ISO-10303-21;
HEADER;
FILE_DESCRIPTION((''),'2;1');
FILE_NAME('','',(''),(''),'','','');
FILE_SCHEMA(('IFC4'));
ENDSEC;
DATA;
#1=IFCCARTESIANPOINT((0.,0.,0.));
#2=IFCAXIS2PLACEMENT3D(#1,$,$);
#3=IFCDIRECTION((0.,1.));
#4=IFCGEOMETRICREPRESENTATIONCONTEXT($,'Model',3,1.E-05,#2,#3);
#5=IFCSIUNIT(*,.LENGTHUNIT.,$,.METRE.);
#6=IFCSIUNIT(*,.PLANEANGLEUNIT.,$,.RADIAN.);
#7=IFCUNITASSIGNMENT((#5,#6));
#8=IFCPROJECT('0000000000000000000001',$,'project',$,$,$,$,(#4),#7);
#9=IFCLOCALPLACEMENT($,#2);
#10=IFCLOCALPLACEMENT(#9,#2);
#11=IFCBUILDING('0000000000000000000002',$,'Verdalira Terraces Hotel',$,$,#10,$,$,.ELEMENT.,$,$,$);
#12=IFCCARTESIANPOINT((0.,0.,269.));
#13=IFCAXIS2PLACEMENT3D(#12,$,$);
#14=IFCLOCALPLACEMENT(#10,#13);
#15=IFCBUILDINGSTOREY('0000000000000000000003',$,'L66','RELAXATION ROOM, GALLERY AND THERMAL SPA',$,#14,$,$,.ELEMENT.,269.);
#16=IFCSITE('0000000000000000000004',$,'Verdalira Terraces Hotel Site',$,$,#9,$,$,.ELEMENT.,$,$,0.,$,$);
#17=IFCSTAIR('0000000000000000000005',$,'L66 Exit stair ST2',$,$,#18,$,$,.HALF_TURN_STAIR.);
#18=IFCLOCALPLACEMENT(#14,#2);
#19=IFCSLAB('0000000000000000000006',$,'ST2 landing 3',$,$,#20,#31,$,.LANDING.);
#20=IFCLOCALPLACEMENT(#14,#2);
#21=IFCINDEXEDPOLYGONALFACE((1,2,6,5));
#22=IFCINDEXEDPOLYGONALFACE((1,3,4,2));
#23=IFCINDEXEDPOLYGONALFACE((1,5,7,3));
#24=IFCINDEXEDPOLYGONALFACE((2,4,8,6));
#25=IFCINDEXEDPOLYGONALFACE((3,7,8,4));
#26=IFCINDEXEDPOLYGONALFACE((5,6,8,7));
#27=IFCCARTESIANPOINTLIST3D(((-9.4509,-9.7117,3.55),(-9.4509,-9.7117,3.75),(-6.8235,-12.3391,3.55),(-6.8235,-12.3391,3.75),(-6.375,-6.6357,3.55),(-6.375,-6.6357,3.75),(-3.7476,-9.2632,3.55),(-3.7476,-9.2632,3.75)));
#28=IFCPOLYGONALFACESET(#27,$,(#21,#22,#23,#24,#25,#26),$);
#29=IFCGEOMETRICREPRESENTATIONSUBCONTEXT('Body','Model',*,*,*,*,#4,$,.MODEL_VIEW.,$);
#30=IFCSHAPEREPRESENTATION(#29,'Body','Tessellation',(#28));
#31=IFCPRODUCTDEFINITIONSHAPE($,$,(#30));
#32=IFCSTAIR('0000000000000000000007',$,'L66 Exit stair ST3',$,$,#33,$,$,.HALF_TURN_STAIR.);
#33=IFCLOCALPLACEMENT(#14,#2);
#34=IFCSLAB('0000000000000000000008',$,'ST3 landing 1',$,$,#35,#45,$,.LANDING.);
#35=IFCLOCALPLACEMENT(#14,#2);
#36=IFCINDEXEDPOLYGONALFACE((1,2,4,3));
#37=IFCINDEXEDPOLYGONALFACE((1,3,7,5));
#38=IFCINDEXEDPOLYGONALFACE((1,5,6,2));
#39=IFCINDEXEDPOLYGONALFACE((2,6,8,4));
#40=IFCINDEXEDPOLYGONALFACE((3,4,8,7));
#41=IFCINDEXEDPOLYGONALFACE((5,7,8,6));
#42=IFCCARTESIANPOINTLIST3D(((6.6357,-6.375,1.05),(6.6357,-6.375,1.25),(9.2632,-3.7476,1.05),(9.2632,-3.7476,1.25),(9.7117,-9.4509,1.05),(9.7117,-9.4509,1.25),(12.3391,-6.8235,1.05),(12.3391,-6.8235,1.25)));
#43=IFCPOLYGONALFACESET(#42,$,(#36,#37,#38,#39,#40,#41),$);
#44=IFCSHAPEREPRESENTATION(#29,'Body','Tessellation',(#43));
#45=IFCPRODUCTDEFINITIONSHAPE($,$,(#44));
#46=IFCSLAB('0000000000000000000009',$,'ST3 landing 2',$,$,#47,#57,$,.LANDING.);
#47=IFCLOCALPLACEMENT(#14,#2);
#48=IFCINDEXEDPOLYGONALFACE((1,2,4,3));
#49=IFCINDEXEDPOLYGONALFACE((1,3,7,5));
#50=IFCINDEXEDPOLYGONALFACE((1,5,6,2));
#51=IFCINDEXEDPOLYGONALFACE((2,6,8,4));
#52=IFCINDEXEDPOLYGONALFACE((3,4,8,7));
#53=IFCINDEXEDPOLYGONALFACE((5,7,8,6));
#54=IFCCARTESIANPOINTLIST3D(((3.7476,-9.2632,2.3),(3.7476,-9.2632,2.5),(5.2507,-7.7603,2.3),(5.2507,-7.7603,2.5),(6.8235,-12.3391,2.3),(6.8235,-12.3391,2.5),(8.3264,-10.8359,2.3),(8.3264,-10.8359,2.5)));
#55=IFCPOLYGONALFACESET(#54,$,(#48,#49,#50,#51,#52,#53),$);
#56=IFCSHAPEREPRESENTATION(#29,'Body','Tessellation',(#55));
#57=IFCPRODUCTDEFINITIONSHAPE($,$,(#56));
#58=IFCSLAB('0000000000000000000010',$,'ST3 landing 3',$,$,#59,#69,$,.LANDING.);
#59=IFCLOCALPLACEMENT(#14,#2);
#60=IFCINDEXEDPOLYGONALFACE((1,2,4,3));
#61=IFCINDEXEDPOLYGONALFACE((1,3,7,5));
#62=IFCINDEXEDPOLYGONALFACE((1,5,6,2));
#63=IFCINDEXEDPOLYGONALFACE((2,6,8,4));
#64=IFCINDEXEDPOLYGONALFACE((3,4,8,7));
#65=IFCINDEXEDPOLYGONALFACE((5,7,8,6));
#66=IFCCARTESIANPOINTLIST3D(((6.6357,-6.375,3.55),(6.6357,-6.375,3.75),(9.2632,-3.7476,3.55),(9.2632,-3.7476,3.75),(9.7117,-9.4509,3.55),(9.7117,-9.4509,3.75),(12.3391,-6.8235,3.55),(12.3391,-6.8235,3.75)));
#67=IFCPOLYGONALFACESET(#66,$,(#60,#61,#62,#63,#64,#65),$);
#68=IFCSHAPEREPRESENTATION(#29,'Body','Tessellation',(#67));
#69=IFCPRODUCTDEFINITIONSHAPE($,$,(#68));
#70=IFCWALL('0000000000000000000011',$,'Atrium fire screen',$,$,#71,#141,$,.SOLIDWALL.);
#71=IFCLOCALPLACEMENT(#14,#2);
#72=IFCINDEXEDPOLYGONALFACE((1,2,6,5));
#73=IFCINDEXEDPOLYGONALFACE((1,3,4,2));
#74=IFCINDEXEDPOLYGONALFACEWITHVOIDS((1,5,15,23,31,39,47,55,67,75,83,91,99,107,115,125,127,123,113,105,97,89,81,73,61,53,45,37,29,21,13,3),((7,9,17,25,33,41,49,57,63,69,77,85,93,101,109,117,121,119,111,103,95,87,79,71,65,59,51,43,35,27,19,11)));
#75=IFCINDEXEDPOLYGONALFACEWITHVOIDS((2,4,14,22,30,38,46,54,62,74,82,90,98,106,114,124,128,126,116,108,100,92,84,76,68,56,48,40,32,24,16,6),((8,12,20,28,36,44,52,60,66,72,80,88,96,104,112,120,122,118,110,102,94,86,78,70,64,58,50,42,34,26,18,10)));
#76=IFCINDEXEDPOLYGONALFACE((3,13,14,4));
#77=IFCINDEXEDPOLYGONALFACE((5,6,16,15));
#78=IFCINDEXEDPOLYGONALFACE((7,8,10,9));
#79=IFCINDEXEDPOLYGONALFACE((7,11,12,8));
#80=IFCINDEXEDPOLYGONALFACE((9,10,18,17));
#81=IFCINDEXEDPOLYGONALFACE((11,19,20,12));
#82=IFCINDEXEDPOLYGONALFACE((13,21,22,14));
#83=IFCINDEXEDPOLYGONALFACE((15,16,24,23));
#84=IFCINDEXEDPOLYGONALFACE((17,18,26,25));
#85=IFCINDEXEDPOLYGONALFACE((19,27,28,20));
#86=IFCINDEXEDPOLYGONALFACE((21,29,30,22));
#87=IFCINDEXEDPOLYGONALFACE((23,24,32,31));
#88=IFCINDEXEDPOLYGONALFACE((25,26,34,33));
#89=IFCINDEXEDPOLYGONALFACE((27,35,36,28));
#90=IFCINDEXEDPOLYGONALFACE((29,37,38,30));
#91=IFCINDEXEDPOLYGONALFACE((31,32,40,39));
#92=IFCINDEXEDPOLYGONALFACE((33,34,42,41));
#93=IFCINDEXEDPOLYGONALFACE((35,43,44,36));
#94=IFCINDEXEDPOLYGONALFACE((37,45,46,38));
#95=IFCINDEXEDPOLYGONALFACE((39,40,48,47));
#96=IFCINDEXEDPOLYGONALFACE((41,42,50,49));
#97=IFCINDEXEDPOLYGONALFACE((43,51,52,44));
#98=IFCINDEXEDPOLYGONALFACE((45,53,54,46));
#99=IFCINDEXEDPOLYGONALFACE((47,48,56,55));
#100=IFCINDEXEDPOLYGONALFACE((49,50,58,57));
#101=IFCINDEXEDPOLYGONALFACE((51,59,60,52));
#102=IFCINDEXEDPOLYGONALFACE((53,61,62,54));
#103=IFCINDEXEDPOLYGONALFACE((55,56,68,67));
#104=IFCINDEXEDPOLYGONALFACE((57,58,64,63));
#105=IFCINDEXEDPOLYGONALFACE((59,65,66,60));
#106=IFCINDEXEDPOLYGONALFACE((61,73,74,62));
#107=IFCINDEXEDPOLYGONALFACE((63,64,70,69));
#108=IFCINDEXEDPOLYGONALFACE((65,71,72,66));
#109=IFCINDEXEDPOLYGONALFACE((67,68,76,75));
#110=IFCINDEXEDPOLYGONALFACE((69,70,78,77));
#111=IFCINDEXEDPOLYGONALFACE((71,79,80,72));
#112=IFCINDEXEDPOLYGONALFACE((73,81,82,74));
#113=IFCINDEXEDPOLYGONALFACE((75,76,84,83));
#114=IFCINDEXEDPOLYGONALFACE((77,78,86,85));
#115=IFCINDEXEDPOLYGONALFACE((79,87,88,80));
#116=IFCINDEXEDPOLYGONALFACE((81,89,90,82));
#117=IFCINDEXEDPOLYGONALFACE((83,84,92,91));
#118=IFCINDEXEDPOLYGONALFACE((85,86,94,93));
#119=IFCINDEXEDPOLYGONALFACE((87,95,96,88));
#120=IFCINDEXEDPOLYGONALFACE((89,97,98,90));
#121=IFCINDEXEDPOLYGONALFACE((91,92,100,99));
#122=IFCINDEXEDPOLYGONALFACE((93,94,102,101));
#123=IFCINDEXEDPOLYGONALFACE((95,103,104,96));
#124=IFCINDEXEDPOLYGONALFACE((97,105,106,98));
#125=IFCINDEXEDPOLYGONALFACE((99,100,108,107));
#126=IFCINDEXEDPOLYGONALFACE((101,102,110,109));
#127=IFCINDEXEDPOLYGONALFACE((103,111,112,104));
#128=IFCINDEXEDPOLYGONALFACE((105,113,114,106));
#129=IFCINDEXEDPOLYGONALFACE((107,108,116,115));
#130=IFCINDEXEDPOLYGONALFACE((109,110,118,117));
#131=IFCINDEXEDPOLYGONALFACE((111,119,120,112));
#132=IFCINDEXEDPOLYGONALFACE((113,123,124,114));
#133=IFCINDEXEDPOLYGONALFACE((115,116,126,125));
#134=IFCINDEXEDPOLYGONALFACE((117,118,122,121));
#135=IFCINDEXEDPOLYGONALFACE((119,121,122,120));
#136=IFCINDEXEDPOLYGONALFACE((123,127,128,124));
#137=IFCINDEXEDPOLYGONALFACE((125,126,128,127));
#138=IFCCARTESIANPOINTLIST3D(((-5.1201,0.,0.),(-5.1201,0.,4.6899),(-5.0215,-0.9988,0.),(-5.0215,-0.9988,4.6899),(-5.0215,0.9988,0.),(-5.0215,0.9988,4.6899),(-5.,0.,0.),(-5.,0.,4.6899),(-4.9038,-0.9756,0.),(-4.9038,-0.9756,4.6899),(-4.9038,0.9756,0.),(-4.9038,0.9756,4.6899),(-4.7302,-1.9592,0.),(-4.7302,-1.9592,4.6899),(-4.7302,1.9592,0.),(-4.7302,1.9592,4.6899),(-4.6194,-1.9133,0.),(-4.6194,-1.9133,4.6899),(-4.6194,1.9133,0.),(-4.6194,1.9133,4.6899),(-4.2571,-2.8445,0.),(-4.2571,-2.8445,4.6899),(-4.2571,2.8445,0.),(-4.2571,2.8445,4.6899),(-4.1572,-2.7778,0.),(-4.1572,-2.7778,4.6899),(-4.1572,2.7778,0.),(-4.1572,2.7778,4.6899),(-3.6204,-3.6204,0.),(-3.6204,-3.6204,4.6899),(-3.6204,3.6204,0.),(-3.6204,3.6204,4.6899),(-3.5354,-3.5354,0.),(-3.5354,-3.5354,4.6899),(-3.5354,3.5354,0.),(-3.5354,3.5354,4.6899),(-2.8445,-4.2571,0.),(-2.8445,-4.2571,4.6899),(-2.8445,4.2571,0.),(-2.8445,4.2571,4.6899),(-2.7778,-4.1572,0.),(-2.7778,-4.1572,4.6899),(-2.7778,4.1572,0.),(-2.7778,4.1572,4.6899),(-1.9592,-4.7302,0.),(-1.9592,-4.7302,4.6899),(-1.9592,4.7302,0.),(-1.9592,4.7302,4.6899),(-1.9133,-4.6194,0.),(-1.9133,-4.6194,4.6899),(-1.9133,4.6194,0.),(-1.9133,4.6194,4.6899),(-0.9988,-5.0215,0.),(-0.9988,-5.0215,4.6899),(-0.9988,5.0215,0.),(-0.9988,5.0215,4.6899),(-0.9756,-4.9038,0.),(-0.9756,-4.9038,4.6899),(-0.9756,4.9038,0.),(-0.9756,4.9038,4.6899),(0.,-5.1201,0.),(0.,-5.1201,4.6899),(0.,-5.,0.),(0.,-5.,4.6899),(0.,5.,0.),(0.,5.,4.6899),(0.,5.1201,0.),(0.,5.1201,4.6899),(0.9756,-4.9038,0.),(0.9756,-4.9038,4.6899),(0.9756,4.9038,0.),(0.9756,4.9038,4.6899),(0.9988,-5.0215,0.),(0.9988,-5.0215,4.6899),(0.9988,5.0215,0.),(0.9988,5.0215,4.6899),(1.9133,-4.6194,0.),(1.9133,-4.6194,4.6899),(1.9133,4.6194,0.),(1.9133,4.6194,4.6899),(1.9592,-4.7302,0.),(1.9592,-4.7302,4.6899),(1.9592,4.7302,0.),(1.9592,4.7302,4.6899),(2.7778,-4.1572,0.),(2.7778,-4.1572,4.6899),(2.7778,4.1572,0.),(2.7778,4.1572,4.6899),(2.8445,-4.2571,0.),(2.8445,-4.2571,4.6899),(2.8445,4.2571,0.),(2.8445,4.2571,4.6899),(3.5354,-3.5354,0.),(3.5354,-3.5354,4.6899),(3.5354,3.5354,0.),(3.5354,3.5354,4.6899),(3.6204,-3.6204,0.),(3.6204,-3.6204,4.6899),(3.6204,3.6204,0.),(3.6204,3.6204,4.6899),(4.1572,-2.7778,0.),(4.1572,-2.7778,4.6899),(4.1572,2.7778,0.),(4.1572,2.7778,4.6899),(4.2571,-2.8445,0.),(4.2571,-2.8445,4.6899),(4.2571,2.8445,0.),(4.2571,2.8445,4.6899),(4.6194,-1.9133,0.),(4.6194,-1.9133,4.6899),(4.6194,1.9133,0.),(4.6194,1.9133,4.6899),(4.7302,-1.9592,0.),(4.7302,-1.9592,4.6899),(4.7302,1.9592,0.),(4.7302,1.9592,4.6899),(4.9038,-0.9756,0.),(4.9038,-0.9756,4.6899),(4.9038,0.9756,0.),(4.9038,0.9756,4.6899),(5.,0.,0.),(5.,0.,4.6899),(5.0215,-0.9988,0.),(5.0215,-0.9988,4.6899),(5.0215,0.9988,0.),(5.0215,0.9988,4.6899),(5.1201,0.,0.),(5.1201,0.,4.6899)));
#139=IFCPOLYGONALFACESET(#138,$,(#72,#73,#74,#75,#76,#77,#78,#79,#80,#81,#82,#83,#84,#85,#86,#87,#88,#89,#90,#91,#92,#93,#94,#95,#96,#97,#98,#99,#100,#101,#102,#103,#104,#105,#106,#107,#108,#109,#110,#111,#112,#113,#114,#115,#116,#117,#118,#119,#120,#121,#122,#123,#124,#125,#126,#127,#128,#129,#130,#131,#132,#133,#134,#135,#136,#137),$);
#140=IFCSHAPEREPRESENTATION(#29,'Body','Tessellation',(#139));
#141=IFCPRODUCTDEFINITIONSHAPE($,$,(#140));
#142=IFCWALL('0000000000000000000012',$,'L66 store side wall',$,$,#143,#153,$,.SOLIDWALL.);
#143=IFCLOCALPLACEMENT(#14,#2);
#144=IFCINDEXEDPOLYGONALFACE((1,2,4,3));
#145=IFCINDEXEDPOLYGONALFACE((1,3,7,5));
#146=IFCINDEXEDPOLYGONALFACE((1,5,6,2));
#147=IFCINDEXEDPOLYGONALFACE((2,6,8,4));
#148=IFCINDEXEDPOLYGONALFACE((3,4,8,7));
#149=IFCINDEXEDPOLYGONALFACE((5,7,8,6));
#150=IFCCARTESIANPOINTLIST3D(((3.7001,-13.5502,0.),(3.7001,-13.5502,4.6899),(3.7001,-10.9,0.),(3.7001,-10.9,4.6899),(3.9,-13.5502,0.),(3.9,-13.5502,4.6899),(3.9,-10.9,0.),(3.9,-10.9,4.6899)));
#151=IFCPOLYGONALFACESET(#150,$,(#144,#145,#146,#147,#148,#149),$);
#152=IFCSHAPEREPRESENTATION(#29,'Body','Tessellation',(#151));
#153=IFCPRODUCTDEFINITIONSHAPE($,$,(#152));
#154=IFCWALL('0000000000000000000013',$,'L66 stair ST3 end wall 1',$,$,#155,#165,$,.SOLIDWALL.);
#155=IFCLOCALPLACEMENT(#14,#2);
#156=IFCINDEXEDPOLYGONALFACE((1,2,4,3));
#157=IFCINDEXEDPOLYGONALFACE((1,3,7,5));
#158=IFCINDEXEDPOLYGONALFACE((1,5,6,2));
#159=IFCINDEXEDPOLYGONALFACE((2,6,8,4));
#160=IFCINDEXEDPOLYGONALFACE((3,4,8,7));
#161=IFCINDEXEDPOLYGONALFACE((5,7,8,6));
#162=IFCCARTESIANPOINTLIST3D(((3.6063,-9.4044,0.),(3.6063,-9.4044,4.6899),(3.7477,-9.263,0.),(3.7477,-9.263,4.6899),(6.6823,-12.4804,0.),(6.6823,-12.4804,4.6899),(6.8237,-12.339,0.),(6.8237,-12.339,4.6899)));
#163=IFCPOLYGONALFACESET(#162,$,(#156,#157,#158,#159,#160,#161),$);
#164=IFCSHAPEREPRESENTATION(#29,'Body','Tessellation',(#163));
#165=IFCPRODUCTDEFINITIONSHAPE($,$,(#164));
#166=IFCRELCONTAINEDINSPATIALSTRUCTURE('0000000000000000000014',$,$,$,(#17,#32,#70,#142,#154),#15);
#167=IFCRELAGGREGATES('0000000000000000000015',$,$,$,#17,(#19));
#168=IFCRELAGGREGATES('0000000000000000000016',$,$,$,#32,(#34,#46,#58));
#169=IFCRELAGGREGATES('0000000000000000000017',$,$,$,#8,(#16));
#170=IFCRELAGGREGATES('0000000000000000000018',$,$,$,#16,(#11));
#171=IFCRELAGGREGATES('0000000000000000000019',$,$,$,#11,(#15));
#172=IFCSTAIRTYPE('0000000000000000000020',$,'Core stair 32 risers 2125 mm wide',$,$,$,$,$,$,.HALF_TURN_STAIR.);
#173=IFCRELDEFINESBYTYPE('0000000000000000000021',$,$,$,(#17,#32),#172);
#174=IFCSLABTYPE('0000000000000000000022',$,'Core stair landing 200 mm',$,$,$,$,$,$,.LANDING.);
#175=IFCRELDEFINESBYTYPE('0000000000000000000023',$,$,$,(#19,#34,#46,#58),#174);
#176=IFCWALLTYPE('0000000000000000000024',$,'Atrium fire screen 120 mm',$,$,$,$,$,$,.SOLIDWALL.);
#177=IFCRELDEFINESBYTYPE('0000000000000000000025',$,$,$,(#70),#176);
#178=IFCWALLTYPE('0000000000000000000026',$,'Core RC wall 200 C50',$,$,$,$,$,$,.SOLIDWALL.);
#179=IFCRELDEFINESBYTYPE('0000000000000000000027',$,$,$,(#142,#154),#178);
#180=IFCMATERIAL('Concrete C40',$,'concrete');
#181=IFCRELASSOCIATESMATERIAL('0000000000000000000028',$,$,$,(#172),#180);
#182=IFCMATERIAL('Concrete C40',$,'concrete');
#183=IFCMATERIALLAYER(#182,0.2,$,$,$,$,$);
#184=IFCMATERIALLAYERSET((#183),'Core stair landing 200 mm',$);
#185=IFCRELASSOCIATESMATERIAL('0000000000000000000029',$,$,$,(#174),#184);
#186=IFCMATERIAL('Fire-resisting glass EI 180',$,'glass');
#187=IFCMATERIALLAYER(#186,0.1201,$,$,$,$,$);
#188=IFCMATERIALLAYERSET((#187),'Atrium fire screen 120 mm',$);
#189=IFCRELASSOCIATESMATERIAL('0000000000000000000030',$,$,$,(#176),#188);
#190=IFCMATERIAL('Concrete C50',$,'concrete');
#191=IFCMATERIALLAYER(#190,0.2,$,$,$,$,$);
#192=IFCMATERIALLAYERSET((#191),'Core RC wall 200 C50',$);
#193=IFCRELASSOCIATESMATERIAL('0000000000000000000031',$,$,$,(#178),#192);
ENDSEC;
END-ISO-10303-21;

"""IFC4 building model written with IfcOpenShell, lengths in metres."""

from ifc_helpers import new_model, si_unit, direction, frame, frame_2d, origin, place, context, subcontext, project, spatial, polyline, rectangle, outline, extrude, material, layer, layer_set, type_object, element, aggregate, save


model = new_model("IFC4")

# Units and contexts
model_context = context("Model", 3, precision=1e-05, world=origin(), true_north=direction((0.0, 1.0)))
body_context = subcontext(model_context, "Body", "Model", "MODEL_VIEW")
ifc_project = project(units=[si_unit("LENGTHUNIT", "METRE"), si_unit("PLANEANGLEUNIT", "RADIAN")], contexts=[model_context])

# Site, building, storey
site_placement = place(None, origin())
site = spatial("IfcSite", under=ifc_project, at=site_placement, Name="Verdalira Terraces Hotel Site", CompositionType="ELEMENT", RefElevation=0.0)
building_placement = place(site_placement, origin())
building = spatial("IfcBuilding", under=site, at=building_placement, Name="Verdalira Terraces Hotel", CompositionType="ELEMENT")
storey_placement = place(building_placement, frame((0.0, 0.0, 269.0)))
storey = spatial("IfcBuildingStorey", under=building, at=storey_placement, Name="L66", Description="RELAXATION ROOM, GALLERY AND THERMAL SPA", CompositionType="ELEMENT", Elevation=269.0)

# Stairs, slabs
ifc_material_1 = material(Name="Concrete C40", Category="concrete")
stair_type = type_object("IfcStairType", Name="Core stair 32 risers 2125 mm wide", PredefinedType="HALF_TURN_STAIR", material=ifc_material_1)
ifc_material_2 = material(Name="Concrete C40", Category="concrete")
ifc_layer_1 = layer(ifc_material_2, 0.2)
ifc_layer_set_1 = layer_set([ifc_layer_1], Name="Core stair landing 200 mm")
slab_type_1 = type_object("IfcSlabType", Name="Core stair landing 200 mm", PredefinedType="LANDING", material=ifc_layer_set_1)
stair_1_placement = place(storey_placement, origin())
stair_1 = element("IfcStair", 1, at=stair_1_placement, inside=storey, type_object=stair_type, Name="L66 Exit stair ST2", PredefinedType="HALF_TURN_STAIR")
slab_1_placement = place(storey_placement, frame((0.0, 0.0, 3.55)))
slab_1 = element("IfcSlab", 2, at=slab_1_placement, type_object=slab_type_1, Name="ST2 landing 3", PredefinedType="LANDING", context=body_context, shape_type="SweptSolid", body=[
    extrude(outline(polyline([(-9.4509, -9.7117), (-6.8235, -12.3391), (-3.7476, -9.2632), (-6.375, -6.6357), (-9.4509, -9.7117)])), origin(), (0.0, 0.0, 1.0), 0.2),
])
aggregate(stair_1, [slab_1])
stair_2_placement = place(storey_placement, origin())
stair_2 = element("IfcStair", 3, at=stair_2_placement, inside=storey, type_object=stair_type, Name="L66 Exit stair ST3", PredefinedType="HALF_TURN_STAIR")
slab_2_placement = place(storey_placement, frame((0.0, 0.0, 1.05)))
slab_2 = element("IfcSlab", 4, at=slab_2_placement, type_object=slab_type_1, Name="ST3 landing 1", PredefinedType="LANDING", context=body_context, shape_type="SweptSolid", body=[
    extrude(outline(polyline([(9.7117, -9.4509), (12.3391, -6.8235), (9.2632, -3.7476), (6.6357, -6.375), (9.7117, -9.4509)])), origin(), (0.0, 0.0, 1.0), 0.2),
])
slab_3_placement = place(storey_placement, frame((0.0, 0.0, 2.3)))
slab_3 = element("IfcSlab", 5, at=slab_3_placement, type_object=slab_type_1, Name="ST3 landing 2", PredefinedType="LANDING", context=body_context, shape_type="SweptSolid", body=[
    extrude(outline(polyline([(6.8235, -12.3391), (8.3264, -10.8359), (5.2507, -7.7603), (3.7476, -9.2632), (6.8235, -12.3391)])), origin(), (0.0, 0.0, 1.0), 0.2),
])
slab_4_placement = place(storey_placement, frame((0.0, 0.0, 3.55)))
slab_4 = element("IfcSlab", 6, at=slab_4_placement, type_object=slab_type_1, Name="ST3 landing 3", PredefinedType="LANDING", context=body_context, shape_type="SweptSolid", body=[
    extrude(outline(polyline([(9.7117, -9.4509), (12.3391, -6.8235), (9.2632, -3.7476), (6.6357, -6.375), (9.7117, -9.4509)])), origin(), (0.0, 0.0, 1.0), 0.2),
])
aggregate(stair_2, [slab_2, slab_3, slab_4])

# Walls
ifc_material_3 = material(Name="Fire-resisting glass EI 180", Category="glass")
ifc_layer_2 = layer(ifc_material_3, 0.1201)
ifc_layer_set_2 = layer_set([ifc_layer_2], Name="Atrium fire screen 120 mm")
wall_type_1 = type_object("IfcWallType", Name="Atrium fire screen 120 mm", PredefinedType="SOLIDWALL", material=ifc_layer_set_2)
wall_1_placement = place(storey_placement, origin())
element("IfcWall", 7, at=wall_1_placement, inside=storey, type_object=wall_type_1, Name="Atrium fire screen", PredefinedType="SOLIDWALL", context=body_context, shape_type="SweptSolid", body=[
    extrude(outline(polyline([(5.0215, -0.9988), (4.7302, -1.9592), (4.2571, -2.8445), (3.6204, -3.6204), (2.8445, -4.2571), (1.9592, -4.7302), (0.9988, -5.0215), (0.0, -5.1201), (-0.9988, -5.0215), (-1.9592, -4.7302), (-2.8445, -4.2571), (-3.6204, -3.6204), (-4.2571, -2.8445), (-4.7302, -1.9592), (-5.0215, -0.9988), (-5.1201, 0.0), (-5.0215, 0.9988), (-4.7302, 1.9592), (-4.2571, 2.8445), (-3.6204, 3.6204), (-2.8445, 4.2571), (-1.9592, 4.7302), (-0.9988, 5.0215), (0.0, 5.1201), (0.9988, 5.0215), (1.9592, 4.7302), (2.8445, 4.2571), (3.6204, 3.6204), (4.2571, 2.8445), (4.7302, 1.9592), (5.0215, 0.9988), (5.1201, 0.0), (5.0215, -0.9988)]), holes=[polyline([(4.9038, 0.9756), (4.6194, 1.9133), (4.1572, 2.7778), (3.5354, 3.5354), (2.7778, 4.1572), (1.9133, 4.6194), (0.9756, 4.9038), (0.0, 5.0), (-0.9756, 4.9038), (-1.9133, 4.6194), (-2.7778, 4.1572), (-3.5354, 3.5354), (-4.1572, 2.7778), (-4.6194, 1.9133), (-4.9038, 0.9756), (-5.0, 0.0), (-4.9038, -0.9756), (-4.6194, -1.9133), (-4.1572, -2.7778), (-3.5354, -3.5354), (-2.7778, -4.1572), (-1.9133, -4.6194), (-0.9756, -4.9038), (0.0, -5.0), (0.9756, -4.9038), (1.9133, -4.6194), (2.7778, -4.1572), (3.5354, -3.5354), (4.1572, -2.7778), (4.6194, -1.9133), (4.9038, -0.9756), (5.0, 0.0), (4.9038, 0.9756)])]), origin(), (0.0, 0.0, 1.0), 4.6899),
])
ifc_material_4 = material(Name="Concrete C50", Category="concrete")
ifc_layer_3 = layer(ifc_material_4, 0.2)
ifc_layer_set_3 = layer_set([ifc_layer_3], Name="Core RC wall 200 C50")
wall_type_2 = type_object("IfcWallType", Name="Core RC wall 200 C50", PredefinedType="SOLIDWALL", material=ifc_layer_set_3)
wall_2_placement = place(storey_placement, frame((3.8, -10.8999, 0.0), z_axis=(0.0, 0.0, 1.0), x_axis=(0.0, -1.0, 0.0)))
element("IfcWall", 8, at=wall_2_placement, inside=storey, type_object=wall_type_2, Name="L66 store side wall", PredefinedType="SOLIDWALL", context=body_context, shape_type="SweptSolid", body=[
    extrude(rectangle(XDim=2.6501, YDim=0.2, at=frame_2d((1.3252, 0.0))), origin(), (0.0, 0.0, 1.0), 4.6899),
])
wall_3_placement = place(storey_placement, frame((3.677, -9.3337, 0.0), z_axis=(0.0, 0.0, 1.0), x_axis=(0.707107, -0.707107, 0.0)))
element("IfcWall", 9, at=wall_3_placement, inside=storey, type_object=wall_type_2, Name="L66 stair ST3 end wall 1", PredefinedType="SOLIDWALL", context=body_context, shape_type="SweptSolid", body=[
    extrude(rectangle(XDim=4.3501, YDim=0.2, at=frame_2d((2.175, 0.0))), origin(), (0.0, 0.0, 1.0), 4.6899),
])

save(model, "model.ifc")
